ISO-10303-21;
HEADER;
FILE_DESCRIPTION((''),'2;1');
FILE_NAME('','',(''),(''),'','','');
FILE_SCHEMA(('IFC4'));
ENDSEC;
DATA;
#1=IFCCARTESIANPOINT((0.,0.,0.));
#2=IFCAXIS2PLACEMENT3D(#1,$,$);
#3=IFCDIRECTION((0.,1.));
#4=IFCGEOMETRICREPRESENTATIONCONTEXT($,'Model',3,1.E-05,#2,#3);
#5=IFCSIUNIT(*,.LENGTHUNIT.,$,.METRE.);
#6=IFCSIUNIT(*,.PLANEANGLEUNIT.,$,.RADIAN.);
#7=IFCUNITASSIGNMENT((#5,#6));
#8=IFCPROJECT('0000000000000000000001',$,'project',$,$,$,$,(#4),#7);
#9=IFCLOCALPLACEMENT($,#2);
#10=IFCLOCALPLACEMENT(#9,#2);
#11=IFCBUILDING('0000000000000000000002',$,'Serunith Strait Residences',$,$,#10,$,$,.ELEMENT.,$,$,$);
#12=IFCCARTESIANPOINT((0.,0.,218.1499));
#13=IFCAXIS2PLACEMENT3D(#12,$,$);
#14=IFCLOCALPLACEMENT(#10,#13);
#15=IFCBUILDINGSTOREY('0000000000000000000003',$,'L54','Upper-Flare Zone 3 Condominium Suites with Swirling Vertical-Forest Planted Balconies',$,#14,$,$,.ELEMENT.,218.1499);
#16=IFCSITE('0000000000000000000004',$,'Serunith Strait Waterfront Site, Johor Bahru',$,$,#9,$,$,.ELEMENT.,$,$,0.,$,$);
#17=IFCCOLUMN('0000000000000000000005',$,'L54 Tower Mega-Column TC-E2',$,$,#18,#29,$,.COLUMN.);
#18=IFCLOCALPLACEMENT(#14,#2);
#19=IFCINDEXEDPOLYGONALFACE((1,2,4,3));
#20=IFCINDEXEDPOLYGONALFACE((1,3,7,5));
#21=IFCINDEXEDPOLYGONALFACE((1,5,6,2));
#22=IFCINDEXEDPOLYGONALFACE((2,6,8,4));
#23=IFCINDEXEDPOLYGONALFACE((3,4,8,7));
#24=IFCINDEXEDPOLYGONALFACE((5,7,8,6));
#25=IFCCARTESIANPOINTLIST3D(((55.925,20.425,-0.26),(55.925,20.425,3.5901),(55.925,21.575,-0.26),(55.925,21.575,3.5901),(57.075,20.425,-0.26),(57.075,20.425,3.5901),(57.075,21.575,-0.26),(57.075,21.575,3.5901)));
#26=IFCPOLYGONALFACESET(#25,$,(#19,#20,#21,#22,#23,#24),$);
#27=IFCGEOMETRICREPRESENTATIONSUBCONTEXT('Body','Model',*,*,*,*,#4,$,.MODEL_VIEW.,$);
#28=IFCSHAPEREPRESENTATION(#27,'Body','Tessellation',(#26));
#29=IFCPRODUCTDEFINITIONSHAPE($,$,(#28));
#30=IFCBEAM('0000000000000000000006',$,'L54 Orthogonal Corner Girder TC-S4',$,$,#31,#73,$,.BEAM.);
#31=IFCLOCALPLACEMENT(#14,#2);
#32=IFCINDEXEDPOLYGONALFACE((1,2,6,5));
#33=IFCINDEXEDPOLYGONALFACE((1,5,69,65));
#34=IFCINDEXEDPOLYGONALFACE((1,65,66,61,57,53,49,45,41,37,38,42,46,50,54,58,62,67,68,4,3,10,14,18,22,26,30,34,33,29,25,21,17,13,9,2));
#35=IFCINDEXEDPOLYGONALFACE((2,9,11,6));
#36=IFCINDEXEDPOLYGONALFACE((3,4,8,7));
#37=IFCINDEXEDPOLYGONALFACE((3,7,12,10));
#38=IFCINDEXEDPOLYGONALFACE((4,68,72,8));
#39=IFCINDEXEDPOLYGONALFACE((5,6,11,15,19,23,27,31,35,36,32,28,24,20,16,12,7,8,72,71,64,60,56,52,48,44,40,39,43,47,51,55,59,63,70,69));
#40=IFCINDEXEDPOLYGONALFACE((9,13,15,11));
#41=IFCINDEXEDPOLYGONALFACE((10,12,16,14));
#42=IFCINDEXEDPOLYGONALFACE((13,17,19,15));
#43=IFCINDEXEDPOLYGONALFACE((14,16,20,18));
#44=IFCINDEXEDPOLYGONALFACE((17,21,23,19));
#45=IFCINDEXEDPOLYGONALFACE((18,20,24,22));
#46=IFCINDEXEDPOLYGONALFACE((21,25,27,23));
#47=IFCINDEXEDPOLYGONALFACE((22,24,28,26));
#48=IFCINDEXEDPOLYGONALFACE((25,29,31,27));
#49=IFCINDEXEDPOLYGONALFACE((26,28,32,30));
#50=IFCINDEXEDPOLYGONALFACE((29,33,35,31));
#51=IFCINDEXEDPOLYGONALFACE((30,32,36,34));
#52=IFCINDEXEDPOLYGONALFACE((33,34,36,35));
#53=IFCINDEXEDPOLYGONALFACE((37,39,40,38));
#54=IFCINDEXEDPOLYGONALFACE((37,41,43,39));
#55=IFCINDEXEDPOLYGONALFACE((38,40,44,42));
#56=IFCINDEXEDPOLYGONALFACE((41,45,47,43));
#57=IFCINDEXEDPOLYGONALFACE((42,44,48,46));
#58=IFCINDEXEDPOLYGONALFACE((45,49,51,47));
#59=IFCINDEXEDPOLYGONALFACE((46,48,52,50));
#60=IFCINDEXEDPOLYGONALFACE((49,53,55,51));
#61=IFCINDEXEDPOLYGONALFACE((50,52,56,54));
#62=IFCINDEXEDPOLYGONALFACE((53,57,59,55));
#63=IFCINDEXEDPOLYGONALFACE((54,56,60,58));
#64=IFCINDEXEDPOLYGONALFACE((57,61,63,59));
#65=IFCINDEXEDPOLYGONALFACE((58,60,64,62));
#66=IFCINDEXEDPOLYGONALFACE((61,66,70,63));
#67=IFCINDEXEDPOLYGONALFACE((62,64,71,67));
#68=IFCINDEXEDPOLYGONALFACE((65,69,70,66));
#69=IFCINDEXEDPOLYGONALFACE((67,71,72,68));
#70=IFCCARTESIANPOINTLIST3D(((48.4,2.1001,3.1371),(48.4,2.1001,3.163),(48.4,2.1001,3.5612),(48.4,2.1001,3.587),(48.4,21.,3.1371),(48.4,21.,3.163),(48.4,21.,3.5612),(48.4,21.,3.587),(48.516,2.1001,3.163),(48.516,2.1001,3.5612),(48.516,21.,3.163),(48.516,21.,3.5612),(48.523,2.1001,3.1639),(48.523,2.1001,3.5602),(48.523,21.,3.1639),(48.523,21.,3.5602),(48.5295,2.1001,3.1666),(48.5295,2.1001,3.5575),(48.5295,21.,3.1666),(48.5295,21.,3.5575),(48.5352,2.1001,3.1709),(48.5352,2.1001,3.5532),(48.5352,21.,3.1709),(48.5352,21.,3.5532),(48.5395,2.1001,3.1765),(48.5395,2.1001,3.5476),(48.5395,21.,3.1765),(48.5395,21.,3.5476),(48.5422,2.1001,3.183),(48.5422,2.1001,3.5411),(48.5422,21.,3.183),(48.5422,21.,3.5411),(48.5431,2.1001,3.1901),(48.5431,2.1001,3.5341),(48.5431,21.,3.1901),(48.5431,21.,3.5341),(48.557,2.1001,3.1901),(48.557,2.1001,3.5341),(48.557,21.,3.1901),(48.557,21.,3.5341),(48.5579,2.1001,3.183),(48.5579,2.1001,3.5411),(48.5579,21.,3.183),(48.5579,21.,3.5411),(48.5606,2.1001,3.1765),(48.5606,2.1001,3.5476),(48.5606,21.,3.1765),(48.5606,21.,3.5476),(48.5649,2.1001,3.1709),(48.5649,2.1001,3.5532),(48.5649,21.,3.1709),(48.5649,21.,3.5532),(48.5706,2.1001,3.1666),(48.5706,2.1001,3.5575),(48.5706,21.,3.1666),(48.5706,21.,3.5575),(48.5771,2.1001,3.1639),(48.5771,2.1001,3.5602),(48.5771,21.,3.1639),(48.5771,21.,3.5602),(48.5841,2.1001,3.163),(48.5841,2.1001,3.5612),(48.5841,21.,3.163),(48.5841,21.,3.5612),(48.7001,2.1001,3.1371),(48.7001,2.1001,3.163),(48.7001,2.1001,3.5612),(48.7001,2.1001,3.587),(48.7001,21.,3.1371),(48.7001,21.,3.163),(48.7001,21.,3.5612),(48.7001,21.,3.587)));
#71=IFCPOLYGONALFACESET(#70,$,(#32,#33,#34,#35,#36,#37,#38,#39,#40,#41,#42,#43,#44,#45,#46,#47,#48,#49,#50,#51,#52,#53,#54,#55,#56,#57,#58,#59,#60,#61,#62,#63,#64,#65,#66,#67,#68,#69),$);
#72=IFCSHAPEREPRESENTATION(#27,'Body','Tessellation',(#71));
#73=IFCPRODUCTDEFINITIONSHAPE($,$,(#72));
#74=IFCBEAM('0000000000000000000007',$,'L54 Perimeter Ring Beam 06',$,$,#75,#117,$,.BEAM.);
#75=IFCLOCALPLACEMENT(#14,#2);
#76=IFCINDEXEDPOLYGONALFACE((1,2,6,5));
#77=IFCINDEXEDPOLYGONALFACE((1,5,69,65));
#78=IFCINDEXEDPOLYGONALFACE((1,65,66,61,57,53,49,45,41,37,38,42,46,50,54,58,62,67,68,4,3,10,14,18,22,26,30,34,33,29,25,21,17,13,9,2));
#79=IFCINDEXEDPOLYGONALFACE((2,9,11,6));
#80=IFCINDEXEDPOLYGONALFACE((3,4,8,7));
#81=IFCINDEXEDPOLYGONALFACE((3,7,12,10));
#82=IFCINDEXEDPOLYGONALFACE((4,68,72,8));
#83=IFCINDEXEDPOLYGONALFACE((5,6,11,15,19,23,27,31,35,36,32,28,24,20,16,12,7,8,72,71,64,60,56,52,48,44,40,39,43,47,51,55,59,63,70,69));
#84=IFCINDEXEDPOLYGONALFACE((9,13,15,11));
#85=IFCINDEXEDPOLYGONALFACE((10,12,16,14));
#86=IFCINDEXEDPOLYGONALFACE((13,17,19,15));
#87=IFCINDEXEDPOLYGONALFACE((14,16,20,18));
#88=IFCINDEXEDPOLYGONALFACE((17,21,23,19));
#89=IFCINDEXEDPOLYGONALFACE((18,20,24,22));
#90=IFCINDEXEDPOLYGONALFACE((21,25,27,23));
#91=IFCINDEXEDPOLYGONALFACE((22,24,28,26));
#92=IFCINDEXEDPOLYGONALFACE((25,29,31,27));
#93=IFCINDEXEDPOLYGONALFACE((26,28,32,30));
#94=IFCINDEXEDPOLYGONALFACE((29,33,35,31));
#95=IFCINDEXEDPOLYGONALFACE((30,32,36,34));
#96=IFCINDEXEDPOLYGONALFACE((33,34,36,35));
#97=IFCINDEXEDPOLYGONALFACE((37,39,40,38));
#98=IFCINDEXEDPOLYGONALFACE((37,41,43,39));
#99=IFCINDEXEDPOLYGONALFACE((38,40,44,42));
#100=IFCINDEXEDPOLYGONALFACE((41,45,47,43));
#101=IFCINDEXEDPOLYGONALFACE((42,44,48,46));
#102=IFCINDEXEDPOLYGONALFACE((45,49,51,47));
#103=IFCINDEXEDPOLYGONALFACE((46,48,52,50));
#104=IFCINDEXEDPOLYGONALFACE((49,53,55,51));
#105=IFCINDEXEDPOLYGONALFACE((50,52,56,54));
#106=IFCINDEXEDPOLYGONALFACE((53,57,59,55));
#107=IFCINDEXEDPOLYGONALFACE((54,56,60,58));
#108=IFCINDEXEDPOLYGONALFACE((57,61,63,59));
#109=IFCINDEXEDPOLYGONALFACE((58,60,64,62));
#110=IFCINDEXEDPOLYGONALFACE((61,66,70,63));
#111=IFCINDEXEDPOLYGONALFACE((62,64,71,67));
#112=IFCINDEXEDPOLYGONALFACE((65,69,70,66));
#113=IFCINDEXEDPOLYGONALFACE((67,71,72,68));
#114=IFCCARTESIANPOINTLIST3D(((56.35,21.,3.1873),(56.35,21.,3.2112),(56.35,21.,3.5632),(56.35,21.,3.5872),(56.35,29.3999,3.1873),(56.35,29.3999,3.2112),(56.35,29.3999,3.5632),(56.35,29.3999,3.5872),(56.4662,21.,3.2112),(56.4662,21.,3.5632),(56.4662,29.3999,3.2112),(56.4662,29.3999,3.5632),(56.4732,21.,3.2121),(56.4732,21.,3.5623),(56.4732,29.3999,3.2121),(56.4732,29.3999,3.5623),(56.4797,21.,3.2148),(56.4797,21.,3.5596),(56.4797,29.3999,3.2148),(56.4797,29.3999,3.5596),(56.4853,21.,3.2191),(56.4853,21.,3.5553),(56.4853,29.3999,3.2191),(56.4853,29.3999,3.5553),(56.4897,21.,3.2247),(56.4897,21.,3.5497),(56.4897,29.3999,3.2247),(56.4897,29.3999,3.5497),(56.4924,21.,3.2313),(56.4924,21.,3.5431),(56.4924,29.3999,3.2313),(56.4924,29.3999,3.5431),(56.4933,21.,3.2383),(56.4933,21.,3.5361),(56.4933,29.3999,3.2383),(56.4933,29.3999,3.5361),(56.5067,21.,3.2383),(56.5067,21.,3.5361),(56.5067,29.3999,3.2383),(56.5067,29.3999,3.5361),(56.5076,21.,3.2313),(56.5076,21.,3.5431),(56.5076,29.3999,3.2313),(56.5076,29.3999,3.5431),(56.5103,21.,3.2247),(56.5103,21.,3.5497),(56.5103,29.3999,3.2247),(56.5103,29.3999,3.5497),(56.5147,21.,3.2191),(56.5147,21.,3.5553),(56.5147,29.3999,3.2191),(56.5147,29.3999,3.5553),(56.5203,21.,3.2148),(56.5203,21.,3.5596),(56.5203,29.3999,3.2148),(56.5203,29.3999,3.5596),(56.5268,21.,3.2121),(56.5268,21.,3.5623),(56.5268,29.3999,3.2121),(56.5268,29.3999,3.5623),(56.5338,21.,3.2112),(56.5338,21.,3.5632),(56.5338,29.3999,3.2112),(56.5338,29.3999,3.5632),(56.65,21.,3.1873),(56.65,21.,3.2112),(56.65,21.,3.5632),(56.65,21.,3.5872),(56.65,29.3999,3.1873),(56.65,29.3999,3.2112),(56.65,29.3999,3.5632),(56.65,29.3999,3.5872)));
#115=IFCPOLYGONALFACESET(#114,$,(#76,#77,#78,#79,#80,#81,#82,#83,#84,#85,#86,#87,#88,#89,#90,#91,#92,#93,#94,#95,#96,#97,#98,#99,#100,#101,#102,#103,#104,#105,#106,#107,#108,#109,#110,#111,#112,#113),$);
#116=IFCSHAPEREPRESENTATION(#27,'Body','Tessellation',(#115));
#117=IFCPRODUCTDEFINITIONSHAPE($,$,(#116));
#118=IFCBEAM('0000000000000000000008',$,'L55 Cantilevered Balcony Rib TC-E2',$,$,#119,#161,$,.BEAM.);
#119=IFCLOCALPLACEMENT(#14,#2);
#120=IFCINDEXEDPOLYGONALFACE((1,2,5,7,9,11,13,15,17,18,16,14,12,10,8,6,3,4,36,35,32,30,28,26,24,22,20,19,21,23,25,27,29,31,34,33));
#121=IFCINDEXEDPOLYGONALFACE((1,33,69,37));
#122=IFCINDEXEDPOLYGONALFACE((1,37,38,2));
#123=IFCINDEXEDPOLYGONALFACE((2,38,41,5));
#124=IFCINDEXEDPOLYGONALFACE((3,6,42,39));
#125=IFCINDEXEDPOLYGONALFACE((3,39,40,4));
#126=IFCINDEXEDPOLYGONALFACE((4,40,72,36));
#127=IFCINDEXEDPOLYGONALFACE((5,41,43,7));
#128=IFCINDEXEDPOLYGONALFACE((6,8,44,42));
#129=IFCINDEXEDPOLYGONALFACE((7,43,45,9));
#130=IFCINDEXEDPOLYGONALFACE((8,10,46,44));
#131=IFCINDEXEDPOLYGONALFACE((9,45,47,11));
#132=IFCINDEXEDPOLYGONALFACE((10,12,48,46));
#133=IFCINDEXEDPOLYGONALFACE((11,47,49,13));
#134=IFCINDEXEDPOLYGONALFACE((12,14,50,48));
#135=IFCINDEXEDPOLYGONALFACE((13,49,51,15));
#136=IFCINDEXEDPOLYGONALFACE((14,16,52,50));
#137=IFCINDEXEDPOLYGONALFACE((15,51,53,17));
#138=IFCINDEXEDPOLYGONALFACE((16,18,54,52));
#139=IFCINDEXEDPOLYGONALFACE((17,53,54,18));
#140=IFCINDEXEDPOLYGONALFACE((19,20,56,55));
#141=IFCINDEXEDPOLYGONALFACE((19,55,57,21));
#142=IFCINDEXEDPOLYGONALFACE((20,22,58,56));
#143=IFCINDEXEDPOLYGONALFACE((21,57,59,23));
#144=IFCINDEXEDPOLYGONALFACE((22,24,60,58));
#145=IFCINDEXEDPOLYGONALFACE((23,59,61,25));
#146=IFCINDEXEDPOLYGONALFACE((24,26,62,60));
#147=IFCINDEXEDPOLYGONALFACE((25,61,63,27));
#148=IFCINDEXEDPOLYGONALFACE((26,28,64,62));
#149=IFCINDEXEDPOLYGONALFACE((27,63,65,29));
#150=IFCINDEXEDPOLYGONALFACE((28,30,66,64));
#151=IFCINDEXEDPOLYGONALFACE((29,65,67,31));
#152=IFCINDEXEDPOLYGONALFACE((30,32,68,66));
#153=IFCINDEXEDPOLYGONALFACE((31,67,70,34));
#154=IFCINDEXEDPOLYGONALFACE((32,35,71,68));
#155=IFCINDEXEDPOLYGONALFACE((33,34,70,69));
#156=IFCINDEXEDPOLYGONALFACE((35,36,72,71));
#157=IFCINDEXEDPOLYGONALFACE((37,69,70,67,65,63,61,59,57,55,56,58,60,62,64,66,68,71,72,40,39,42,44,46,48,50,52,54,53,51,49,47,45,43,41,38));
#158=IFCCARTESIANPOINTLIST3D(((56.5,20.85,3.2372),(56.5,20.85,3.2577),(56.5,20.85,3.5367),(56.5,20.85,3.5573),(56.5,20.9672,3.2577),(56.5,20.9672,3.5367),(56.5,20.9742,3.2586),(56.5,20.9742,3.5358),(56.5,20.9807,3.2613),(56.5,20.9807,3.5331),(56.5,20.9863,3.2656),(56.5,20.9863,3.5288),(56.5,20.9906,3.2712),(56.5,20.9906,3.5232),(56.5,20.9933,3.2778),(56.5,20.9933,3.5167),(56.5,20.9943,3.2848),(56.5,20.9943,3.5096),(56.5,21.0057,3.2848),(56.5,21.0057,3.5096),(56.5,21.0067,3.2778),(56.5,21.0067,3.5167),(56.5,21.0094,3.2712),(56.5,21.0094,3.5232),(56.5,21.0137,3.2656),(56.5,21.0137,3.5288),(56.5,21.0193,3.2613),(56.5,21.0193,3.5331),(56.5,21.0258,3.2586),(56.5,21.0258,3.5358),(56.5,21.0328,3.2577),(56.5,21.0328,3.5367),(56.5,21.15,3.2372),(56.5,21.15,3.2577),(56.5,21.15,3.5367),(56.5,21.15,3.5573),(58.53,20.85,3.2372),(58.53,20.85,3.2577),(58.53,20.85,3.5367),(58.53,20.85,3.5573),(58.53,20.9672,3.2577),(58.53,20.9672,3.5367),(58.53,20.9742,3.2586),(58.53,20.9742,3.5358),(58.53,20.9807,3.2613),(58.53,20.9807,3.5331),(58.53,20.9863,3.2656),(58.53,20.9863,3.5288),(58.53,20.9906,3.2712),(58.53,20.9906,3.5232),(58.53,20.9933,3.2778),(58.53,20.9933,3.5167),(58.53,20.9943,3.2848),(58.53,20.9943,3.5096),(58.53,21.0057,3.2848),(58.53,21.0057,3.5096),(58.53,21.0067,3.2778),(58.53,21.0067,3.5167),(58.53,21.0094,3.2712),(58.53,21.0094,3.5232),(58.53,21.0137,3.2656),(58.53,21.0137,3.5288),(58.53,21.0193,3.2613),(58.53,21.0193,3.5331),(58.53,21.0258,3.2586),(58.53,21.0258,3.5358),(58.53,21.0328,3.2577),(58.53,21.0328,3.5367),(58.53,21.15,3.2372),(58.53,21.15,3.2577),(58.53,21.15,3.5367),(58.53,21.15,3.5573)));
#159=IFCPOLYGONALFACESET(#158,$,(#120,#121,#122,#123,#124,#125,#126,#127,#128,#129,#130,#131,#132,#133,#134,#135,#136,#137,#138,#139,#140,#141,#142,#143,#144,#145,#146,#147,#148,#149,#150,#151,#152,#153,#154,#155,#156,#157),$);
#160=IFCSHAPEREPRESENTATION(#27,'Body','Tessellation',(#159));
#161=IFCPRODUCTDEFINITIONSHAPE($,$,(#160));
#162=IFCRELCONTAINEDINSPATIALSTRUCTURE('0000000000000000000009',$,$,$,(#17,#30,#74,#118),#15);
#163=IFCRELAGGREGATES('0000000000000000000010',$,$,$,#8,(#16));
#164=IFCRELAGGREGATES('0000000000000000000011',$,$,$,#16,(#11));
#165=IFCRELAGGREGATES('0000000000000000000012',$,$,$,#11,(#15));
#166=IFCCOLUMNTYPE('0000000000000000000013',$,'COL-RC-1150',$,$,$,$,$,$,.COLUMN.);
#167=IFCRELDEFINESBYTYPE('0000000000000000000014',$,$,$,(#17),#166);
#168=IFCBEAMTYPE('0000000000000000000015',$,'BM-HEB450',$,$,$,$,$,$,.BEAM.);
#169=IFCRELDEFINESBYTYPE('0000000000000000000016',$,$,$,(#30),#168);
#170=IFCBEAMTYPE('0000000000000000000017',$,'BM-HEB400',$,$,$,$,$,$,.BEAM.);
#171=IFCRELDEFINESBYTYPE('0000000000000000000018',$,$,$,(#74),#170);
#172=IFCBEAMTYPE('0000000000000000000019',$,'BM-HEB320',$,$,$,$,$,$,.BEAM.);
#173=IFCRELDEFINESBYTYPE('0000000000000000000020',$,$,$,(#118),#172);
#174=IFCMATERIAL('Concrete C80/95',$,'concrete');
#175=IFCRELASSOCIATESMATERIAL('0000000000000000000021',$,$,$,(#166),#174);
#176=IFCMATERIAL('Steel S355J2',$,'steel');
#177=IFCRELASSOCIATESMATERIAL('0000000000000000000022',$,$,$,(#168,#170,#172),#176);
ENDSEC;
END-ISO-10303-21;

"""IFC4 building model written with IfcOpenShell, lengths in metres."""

from ifc_helpers import new_model, si_unit, direction, frame, origin, origin_2d, place, context, subcontext, project, spatial, rectangle, i_section, extrude, source, transform, mapped, material, material_profile, profile_set, type_object, element, save


model = new_model("IFC4")

# Units and contexts
model_context = context("Model", 3, precision=1e-05, world=origin(), true_north=direction((0.0, 1.0)))
body_context = subcontext(model_context, "Body", "Model", "MODEL_VIEW")
ifc_project = project(units=[si_unit("LENGTHUNIT", "METRE"), si_unit("PLANEANGLEUNIT", "RADIAN")], contexts=[model_context])

# Site, building, storey
site_placement = place(None, origin())
site = spatial("IfcSite", under=ifc_project, at=site_placement, Name="Serunith Strait Waterfront Site, Johor Bahru", CompositionType="ELEMENT", RefElevation=0.0)
building_placement = place(site_placement, origin())
building = spatial("IfcBuilding", under=site, at=building_placement, Name="Serunith Strait Residences", CompositionType="ELEMENT")
storey_placement = place(building_placement, frame((0.0, 0.0, 218.1499)))
storey = spatial("IfcBuildingStorey", under=building, at=storey_placement, Name="L54", Description="Upper-Flare Zone 3 Condominium Suites with Swirling Vertical-Forest Planted Balconies", CompositionType="ELEMENT", Elevation=218.1499)

# Column
ifc_material_1 = material(Name="Concrete C80/95", Category="concrete")
ifc_material_profile_1 = material_profile(ifc_material_1, rectangle(XDim=1.1499, YDim=1.1499, at=origin_2d()), Name="RC 1150x1150")
ifc_profile_set_1 = profile_set([ifc_material_profile_1], Name="Concrete C80/95")
column_type = type_object("IfcColumnType", Name="COL-RC-1150", PredefinedType="COLUMN", material=ifc_profile_set_1)
shared_shape_1 = source(origin(), body_context, "Body", "SweptSolid", [
    extrude(rectangle(XDim=1.1499, YDim=1.1499, at=origin_2d()), origin(), (0.0, 0.0, 1.0), 3.8501),
])
column_placement = place(storey_placement, frame((56.5, 21.0, -0.26), z_axis=(0.0, 0.0, 1.0), x_axis=(1.0, 0.0, 0.0)))
element("IfcColumn", 1, at=column_placement, inside=storey, type_object=column_type, Name="L54 Tower Mega-Column TC-E2", PredefinedType="COLUMN", context=body_context, shape_type="MappedRepresentation", body=[
    mapped(shared_shape_1, transform((0.0, 0.0, 0.0), scale=1.0)),
])

# Beams
ifc_material_2 = material(Name="Steel S355J2", Category="steel")
ifc_material_profile_2 = material_profile(ifc_material_2, i_section(OverallWidth=0.3, OverallDepth=0.45, WebThickness=0.0139, FlangeThickness=0.0259, FilletRadius=0.0271, at=origin_2d()), Name="HEB 450")
ifc_profile_set_2 = profile_set([ifc_material_profile_2], Name="Steel S355J2")
beam_type_1 = type_object("IfcBeamType", Name="BM-HEB450", PredefinedType="BEAM", material=ifc_profile_set_2)
shared_shape_2 = source(origin(), body_context, "Body", "SweptSolid", [
    extrude(i_section(OverallWidth=0.3, OverallDepth=0.45, WebThickness=0.0139, FlangeThickness=0.0259, FilletRadius=0.0271, at=origin_2d()), origin(), (0.0, 0.0, 1.0), 18.8999),
])
beam_1_placement = place(storey_placement, frame((48.55, 21.0, 3.3621), z_axis=(0.0, -1.0, 0.0), x_axis=(1.0, 0.0, 0.0)))
element("IfcBeam", 2, at=beam_1_placement, inside=storey, type_object=beam_type_1, Name="L54 Orthogonal Corner Girder TC-S4", PredefinedType="BEAM", context=body_context, shape_type="MappedRepresentation", body=[
    mapped(shared_shape_2, transform((0.0, 0.0, 0.0), scale=1.0)),
])
ifc_material_profile_3 = material_profile(ifc_material_2, i_section(OverallWidth=0.3, OverallDepth=0.3999, WebThickness=0.0134, FlangeThickness=0.0239, FilletRadius=0.0271, at=origin_2d()), Name="HEB 400")
ifc_profile_set_3 = profile_set([ifc_material_profile_3], Name="Steel S355J2")
beam_type_2 = type_object("IfcBeamType", Name="BM-HEB400", PredefinedType="BEAM", material=ifc_profile_set_3)
shared_shape_3 = source(origin(), body_context, "Body", "SweptSolid", [
    extrude(i_section(OverallWidth=0.3, OverallDepth=0.3999, WebThickness=0.0134, FlangeThickness=0.0239, FilletRadius=0.0271, at=origin_2d()), origin(), (0.0, 0.0, 1.0), 8.3999),
])
beam_2_placement = place(storey_placement, frame((56.5, 21.0, 3.3872), z_axis=(0.0, 1.0, 0.0), x_axis=(-1.0, 0.0, 0.0)))
element("IfcBeam", 3, at=beam_2_placement, inside=storey, type_object=beam_type_2, Name="L54 Perimeter Ring Beam 06", PredefinedType="BEAM", context=body_context, shape_type="MappedRepresentation", body=[
    mapped(shared_shape_3, transform((0.0, 0.0, 0.0), scale=1.0)),
])
ifc_material_profile_4 = material_profile(ifc_material_2, i_section(OverallWidth=0.3, OverallDepth=0.3201, WebThickness=0.0115, FlangeThickness=0.0205, FilletRadius=0.0271, at=origin_2d()), Name="HEB 320")
ifc_profile_set_4 = profile_set([ifc_material_profile_4], Name="Steel S355J2")
beam_type_3 = type_object("IfcBeamType", Name="BM-HEB320", PredefinedType="BEAM", material=ifc_profile_set_4)
shared_shape_4 = source(origin(), body_context, "Body", "SweptSolid", [
    extrude(i_section(OverallWidth=0.3, OverallDepth=0.3201, WebThickness=0.0115, FlangeThickness=0.0205, FilletRadius=0.0271, at=origin_2d()), origin(), (0.0, 0.0, 1.0), 2.03),
])
beam_3_placement = place(storey_placement, frame((56.5, 21.0, 3.3972), z_axis=(1.0, 0.0, 0.0), x_axis=(0.0, 1.0, 0.0)))
element("IfcBeam", 4, at=beam_3_placement, inside=storey, type_object=beam_type_3, Name="L55 Cantilevered Balcony Rib TC-E2", PredefinedType="BEAM", context=body_context, shape_type="MappedRepresentation", body=[
    mapped(shared_shape_4, transform((0.0, 0.0, 0.0), scale=1.0)),
])

save(model, "model.ifc")
